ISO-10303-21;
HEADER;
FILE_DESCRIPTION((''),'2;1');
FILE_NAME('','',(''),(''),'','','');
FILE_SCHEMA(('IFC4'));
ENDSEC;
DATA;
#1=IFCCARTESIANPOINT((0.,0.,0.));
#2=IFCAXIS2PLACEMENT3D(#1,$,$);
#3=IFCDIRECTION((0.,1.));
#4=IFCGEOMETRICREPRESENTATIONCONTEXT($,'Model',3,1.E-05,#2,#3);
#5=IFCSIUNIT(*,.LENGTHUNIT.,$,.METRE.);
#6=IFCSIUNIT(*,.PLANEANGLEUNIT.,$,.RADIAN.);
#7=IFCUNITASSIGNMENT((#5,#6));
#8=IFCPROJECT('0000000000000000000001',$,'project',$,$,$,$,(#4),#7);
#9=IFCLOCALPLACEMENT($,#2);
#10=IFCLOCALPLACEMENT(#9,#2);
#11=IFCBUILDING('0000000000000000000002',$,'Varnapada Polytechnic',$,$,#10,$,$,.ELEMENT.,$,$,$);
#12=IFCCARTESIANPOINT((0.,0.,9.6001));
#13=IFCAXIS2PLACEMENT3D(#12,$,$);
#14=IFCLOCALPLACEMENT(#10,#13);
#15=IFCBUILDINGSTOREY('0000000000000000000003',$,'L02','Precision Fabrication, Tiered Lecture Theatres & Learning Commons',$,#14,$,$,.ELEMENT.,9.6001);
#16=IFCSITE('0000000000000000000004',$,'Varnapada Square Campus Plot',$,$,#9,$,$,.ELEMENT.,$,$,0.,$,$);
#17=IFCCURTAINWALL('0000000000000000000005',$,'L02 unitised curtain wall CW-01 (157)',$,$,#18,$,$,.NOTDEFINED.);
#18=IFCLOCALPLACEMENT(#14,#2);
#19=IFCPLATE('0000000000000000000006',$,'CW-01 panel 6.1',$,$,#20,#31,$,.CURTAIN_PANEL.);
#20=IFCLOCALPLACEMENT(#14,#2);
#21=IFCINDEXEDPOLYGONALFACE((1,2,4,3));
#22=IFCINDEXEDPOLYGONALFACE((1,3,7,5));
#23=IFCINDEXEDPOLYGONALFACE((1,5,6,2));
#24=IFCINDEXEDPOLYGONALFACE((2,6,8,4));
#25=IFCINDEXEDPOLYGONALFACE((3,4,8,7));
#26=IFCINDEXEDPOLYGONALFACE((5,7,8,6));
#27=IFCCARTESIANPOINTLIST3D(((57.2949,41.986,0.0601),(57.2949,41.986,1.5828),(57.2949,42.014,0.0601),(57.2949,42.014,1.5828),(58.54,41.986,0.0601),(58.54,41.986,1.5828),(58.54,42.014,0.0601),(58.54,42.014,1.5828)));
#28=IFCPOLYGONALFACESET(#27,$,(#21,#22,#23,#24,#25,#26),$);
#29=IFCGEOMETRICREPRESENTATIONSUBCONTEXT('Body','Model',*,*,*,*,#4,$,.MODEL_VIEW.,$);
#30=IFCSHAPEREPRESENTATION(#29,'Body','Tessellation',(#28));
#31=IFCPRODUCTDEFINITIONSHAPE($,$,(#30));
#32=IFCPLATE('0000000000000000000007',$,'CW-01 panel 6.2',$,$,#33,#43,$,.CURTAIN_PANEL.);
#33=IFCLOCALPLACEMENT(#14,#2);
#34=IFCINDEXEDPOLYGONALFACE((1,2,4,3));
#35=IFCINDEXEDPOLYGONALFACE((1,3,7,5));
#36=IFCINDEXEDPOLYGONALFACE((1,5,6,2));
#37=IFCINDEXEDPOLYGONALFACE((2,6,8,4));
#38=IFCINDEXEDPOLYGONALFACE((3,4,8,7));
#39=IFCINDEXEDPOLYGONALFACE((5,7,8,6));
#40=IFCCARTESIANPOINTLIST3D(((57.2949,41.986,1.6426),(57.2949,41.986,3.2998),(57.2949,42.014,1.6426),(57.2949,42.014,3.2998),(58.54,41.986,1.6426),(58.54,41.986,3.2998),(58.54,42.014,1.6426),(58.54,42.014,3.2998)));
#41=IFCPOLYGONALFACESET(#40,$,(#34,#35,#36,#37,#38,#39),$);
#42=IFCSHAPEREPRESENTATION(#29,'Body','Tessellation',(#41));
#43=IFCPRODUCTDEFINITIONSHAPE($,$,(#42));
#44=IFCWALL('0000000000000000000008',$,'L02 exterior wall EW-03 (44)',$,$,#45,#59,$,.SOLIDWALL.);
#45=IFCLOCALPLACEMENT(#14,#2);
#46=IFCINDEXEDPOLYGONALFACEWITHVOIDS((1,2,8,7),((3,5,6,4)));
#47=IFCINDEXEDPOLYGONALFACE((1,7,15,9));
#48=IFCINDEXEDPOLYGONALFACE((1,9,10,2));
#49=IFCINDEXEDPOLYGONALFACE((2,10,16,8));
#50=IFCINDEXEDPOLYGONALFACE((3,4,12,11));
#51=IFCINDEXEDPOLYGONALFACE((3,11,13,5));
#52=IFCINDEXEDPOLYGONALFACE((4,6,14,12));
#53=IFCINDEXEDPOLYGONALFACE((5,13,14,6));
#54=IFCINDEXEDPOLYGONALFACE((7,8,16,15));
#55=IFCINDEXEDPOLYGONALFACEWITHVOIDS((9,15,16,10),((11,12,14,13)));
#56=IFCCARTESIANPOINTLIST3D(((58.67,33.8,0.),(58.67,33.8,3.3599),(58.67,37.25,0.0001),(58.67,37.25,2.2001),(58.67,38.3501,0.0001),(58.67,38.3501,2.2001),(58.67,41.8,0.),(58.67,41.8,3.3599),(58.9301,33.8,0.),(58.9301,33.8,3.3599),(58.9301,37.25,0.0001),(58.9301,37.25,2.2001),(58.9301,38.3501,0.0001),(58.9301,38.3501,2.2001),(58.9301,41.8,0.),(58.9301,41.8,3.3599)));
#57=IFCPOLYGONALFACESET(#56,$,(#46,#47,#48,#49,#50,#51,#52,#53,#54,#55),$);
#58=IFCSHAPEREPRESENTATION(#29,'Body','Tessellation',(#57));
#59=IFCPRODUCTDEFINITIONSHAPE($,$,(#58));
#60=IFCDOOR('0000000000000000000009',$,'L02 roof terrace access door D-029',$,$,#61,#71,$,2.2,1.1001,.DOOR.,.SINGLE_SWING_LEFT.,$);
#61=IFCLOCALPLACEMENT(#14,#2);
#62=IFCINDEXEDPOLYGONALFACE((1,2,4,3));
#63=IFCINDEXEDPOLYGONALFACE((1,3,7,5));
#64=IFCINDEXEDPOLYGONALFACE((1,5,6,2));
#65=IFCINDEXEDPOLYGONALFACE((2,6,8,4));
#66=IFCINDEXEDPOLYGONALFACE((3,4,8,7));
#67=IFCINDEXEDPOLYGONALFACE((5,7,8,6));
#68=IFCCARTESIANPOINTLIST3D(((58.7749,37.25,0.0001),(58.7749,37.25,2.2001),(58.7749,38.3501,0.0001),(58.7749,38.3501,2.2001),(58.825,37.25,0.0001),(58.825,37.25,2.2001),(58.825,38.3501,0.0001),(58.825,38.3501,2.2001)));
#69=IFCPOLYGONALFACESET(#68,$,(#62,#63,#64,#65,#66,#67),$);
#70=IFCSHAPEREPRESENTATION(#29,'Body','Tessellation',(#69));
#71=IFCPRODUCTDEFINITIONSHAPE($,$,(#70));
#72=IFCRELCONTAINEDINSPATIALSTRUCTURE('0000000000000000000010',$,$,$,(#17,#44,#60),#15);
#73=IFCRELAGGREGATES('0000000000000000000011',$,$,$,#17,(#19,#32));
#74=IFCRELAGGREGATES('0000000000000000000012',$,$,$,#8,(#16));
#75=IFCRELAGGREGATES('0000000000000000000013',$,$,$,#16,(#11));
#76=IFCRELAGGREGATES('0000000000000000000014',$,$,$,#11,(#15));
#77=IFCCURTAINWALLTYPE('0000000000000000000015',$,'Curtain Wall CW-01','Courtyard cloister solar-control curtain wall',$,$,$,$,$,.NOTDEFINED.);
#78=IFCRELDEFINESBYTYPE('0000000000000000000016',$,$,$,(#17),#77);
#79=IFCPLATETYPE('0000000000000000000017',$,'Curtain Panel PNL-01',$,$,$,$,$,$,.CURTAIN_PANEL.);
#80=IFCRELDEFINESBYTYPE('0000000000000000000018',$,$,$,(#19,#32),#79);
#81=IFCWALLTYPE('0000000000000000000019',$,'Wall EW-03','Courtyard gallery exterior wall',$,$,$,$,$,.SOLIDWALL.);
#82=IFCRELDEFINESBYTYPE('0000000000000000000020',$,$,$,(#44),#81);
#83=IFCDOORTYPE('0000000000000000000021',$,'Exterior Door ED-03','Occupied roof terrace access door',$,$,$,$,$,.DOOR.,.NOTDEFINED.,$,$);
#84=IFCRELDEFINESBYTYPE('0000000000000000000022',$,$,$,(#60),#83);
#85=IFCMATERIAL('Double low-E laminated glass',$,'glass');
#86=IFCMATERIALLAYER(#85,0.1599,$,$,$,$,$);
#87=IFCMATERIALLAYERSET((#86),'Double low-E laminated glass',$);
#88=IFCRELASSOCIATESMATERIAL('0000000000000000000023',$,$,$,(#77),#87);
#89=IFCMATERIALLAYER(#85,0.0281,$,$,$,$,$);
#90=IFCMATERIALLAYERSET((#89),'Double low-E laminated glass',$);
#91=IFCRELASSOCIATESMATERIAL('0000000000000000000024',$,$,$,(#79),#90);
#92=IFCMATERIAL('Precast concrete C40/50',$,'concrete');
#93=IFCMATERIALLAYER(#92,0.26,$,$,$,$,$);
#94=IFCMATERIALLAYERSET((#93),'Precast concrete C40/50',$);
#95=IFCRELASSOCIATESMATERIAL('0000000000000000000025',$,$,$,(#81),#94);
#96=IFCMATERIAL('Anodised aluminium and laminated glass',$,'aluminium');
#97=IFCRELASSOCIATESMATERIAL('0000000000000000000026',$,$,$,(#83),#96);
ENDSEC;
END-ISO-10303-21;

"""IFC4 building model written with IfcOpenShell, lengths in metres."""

from ifc_helpers import new_model, si_unit, direction, frame, frame_2d, origin, origin_2d, place, context, subcontext, project, spatial, rectangle, extrude, material, layer, layer_set, type_object, element, fill, aggregate, save


model = new_model("IFC4")

# Units and contexts
model_context = context("Model", 3, precision=1e-05, world=origin(), true_north=direction((0.0, 1.0)))
body_context = subcontext(model_context, "Body", "Model", "MODEL_VIEW")
ifc_project = project(units=[si_unit("LENGTHUNIT", "METRE"), si_unit("PLANEANGLEUNIT", "RADIAN")], contexts=[model_context])

# Site, building, storey
site_placement = place(None, origin())
site = spatial("IfcSite", under=ifc_project, at=site_placement, Name="Varnapada Square Campus Plot", CompositionType="ELEMENT", RefElevation=0.0)
building_placement = place(site_placement, origin())
building = spatial("IfcBuilding", under=site, at=building_placement, Name="Varnapada Polytechnic", CompositionType="ELEMENT")
storey_placement = place(building_placement, frame((0.0, 0.0, 9.6001)))
storey = spatial("IfcBuildingStorey", under=building, at=storey_placement, Name="L02", Description="Precision Fabrication, Tiered Lecture Theatres & Learning Commons", CompositionType="ELEMENT", Elevation=9.6001)

# Curtain wall
ifc_material_1 = material(Name="Double low-E laminated glass", Category="glass")
ifc_layer_1 = layer(ifc_material_1, 0.1599)
ifc_layer_set_1 = layer_set([ifc_layer_1], Name="Double low-E laminated glass")
curtain_wall_type = type_object("IfcCurtainWallType", Name="Curtain Wall CW-01", Description="Courtyard cloister solar-control curtain wall", PredefinedType="NOTDEFINED", material=ifc_layer_set_1)
curtain_wall_placement = place(storey_placement, origin())
curtain_wall = element("IfcCurtainWall", 1, at=curtain_wall_placement, inside=storey, type_object=curtain_wall_type, Name="L02 unitised curtain wall CW-01 (157)", PredefinedType="NOTDEFINED")

# Plates
ifc_layer_2 = layer(ifc_material_1, 0.0281)
ifc_layer_set_2 = layer_set([ifc_layer_2], Name="Double low-E laminated glass")
plate_type = type_object("IfcPlateType", Name="Curtain Panel PNL-01", PredefinedType="CURTAIN_PANEL", material=ifc_layer_set_2)
plate_1_placement = place(storey_placement, frame((57.9175, 42.0, 0.0601), z_axis=(0.0, 0.0, 1.0), x_axis=(1.0, 0.0, 0.0)))
plate_1 = element("IfcPlate", 2, at=plate_1_placement, type_object=plate_type, Name="CW-01 panel 6.1", PredefinedType="CURTAIN_PANEL", context=body_context, shape_type="SweptSolid", body=[
    extrude(rectangle(XDim=1.2451, YDim=0.0281, at=origin_2d()), origin(), (0.0, 0.0, 1.0), 1.5227),
])
plate_2_placement = place(storey_placement, frame((57.9175, 42.0, 1.6426), z_axis=(0.0, 0.0, 1.0), x_axis=(1.0, 0.0, 0.0)))
plate_2 = element("IfcPlate", 3, at=plate_2_placement, type_object=plate_type, Name="CW-01 panel 6.2", PredefinedType="CURTAIN_PANEL", context=body_context, shape_type="SweptSolid", body=[
    extrude(rectangle(XDim=1.2451, YDim=0.0281, at=origin_2d()), origin(), (0.0, 0.0, 1.0), 1.6572),
])
aggregate(curtain_wall, [plate_1, plate_2])

# Wall, opening, door
ifc_material_2 = material(Name="Precast concrete C40/50", Category="concrete")
ifc_layer_3 = layer(ifc_material_2, 0.26)
ifc_layer_set_3 = layer_set([ifc_layer_3], Name="Precast concrete C40/50")
wall_type = type_object("IfcWallType", Name="Wall EW-03", Description="Courtyard gallery exterior wall", PredefinedType="SOLIDWALL", material=ifc_layer_set_3)
wall_placement = place(storey_placement, frame((58.8, 41.8, 0.0), z_axis=(0.0, 0.0, 1.0), x_axis=(0.0, -1.0, 0.0)))
wall = element("IfcWall", 4, at=wall_placement, inside=storey, type_object=wall_type, Name="L02 exterior wall EW-03 (44)", PredefinedType="SOLIDWALL", context=body_context, shape_type="SweptSolid", body=[
    extrude(rectangle(XDim=8.0, YDim=0.26, at=frame_2d((4.0, 0.0))), origin(), (0.0, 0.0, 1.0), 3.3599),
])
opening_placement = place(wall_placement, frame((3.45, 0.0, 0.0)))
opening = element("IfcOpeningElement", 5, at=opening_placement, cuts=wall, PredefinedType="OPENING", context=body_context, shape_type="SweptSolid", body=[
    extrude(rectangle(XDim=1.1001, YDim=2.2, at=frame_2d((0.55, 1.1001))), frame((0.0, 0.1399, 0.0), z_axis=(0.0, -1.0, 0.0), x_axis=(1.0, 0.0, 0.0)), (0.0, 0.0, 1.0), 0.28),
])
ifc_material_3 = material(Name="Anodised aluminium and laminated glass", Category="aluminium")
door_type = type_object("IfcDoorType", Name="Exterior Door ED-03", Description="Occupied roof terrace access door", OperationType="NOTDEFINED", PredefinedType="DOOR", material=ifc_material_3)
door_placement = place(opening_placement, origin())
door = element("IfcDoor", 6, at=door_placement, inside=storey, type_object=door_type, Name="L02 roof terrace access door D-029", OperationType="SINGLE_SWING_LEFT", OverallHeight=2.2, OverallWidth=1.1001, PredefinedType="DOOR", context=body_context, shape_type="SweptSolid", body=[
    extrude(rectangle(XDim=1.1001, YDim=2.2, at=frame_2d((0.55, 1.1001))), frame((0.0, 0.0249, 0.0), z_axis=(0.0, -1.0, 0.0), x_axis=(1.0, 0.0, 0.0)), (0.0, 0.0, 1.0), 0.05),
])
fill(opening, door)

save(model, "model.ifc")
